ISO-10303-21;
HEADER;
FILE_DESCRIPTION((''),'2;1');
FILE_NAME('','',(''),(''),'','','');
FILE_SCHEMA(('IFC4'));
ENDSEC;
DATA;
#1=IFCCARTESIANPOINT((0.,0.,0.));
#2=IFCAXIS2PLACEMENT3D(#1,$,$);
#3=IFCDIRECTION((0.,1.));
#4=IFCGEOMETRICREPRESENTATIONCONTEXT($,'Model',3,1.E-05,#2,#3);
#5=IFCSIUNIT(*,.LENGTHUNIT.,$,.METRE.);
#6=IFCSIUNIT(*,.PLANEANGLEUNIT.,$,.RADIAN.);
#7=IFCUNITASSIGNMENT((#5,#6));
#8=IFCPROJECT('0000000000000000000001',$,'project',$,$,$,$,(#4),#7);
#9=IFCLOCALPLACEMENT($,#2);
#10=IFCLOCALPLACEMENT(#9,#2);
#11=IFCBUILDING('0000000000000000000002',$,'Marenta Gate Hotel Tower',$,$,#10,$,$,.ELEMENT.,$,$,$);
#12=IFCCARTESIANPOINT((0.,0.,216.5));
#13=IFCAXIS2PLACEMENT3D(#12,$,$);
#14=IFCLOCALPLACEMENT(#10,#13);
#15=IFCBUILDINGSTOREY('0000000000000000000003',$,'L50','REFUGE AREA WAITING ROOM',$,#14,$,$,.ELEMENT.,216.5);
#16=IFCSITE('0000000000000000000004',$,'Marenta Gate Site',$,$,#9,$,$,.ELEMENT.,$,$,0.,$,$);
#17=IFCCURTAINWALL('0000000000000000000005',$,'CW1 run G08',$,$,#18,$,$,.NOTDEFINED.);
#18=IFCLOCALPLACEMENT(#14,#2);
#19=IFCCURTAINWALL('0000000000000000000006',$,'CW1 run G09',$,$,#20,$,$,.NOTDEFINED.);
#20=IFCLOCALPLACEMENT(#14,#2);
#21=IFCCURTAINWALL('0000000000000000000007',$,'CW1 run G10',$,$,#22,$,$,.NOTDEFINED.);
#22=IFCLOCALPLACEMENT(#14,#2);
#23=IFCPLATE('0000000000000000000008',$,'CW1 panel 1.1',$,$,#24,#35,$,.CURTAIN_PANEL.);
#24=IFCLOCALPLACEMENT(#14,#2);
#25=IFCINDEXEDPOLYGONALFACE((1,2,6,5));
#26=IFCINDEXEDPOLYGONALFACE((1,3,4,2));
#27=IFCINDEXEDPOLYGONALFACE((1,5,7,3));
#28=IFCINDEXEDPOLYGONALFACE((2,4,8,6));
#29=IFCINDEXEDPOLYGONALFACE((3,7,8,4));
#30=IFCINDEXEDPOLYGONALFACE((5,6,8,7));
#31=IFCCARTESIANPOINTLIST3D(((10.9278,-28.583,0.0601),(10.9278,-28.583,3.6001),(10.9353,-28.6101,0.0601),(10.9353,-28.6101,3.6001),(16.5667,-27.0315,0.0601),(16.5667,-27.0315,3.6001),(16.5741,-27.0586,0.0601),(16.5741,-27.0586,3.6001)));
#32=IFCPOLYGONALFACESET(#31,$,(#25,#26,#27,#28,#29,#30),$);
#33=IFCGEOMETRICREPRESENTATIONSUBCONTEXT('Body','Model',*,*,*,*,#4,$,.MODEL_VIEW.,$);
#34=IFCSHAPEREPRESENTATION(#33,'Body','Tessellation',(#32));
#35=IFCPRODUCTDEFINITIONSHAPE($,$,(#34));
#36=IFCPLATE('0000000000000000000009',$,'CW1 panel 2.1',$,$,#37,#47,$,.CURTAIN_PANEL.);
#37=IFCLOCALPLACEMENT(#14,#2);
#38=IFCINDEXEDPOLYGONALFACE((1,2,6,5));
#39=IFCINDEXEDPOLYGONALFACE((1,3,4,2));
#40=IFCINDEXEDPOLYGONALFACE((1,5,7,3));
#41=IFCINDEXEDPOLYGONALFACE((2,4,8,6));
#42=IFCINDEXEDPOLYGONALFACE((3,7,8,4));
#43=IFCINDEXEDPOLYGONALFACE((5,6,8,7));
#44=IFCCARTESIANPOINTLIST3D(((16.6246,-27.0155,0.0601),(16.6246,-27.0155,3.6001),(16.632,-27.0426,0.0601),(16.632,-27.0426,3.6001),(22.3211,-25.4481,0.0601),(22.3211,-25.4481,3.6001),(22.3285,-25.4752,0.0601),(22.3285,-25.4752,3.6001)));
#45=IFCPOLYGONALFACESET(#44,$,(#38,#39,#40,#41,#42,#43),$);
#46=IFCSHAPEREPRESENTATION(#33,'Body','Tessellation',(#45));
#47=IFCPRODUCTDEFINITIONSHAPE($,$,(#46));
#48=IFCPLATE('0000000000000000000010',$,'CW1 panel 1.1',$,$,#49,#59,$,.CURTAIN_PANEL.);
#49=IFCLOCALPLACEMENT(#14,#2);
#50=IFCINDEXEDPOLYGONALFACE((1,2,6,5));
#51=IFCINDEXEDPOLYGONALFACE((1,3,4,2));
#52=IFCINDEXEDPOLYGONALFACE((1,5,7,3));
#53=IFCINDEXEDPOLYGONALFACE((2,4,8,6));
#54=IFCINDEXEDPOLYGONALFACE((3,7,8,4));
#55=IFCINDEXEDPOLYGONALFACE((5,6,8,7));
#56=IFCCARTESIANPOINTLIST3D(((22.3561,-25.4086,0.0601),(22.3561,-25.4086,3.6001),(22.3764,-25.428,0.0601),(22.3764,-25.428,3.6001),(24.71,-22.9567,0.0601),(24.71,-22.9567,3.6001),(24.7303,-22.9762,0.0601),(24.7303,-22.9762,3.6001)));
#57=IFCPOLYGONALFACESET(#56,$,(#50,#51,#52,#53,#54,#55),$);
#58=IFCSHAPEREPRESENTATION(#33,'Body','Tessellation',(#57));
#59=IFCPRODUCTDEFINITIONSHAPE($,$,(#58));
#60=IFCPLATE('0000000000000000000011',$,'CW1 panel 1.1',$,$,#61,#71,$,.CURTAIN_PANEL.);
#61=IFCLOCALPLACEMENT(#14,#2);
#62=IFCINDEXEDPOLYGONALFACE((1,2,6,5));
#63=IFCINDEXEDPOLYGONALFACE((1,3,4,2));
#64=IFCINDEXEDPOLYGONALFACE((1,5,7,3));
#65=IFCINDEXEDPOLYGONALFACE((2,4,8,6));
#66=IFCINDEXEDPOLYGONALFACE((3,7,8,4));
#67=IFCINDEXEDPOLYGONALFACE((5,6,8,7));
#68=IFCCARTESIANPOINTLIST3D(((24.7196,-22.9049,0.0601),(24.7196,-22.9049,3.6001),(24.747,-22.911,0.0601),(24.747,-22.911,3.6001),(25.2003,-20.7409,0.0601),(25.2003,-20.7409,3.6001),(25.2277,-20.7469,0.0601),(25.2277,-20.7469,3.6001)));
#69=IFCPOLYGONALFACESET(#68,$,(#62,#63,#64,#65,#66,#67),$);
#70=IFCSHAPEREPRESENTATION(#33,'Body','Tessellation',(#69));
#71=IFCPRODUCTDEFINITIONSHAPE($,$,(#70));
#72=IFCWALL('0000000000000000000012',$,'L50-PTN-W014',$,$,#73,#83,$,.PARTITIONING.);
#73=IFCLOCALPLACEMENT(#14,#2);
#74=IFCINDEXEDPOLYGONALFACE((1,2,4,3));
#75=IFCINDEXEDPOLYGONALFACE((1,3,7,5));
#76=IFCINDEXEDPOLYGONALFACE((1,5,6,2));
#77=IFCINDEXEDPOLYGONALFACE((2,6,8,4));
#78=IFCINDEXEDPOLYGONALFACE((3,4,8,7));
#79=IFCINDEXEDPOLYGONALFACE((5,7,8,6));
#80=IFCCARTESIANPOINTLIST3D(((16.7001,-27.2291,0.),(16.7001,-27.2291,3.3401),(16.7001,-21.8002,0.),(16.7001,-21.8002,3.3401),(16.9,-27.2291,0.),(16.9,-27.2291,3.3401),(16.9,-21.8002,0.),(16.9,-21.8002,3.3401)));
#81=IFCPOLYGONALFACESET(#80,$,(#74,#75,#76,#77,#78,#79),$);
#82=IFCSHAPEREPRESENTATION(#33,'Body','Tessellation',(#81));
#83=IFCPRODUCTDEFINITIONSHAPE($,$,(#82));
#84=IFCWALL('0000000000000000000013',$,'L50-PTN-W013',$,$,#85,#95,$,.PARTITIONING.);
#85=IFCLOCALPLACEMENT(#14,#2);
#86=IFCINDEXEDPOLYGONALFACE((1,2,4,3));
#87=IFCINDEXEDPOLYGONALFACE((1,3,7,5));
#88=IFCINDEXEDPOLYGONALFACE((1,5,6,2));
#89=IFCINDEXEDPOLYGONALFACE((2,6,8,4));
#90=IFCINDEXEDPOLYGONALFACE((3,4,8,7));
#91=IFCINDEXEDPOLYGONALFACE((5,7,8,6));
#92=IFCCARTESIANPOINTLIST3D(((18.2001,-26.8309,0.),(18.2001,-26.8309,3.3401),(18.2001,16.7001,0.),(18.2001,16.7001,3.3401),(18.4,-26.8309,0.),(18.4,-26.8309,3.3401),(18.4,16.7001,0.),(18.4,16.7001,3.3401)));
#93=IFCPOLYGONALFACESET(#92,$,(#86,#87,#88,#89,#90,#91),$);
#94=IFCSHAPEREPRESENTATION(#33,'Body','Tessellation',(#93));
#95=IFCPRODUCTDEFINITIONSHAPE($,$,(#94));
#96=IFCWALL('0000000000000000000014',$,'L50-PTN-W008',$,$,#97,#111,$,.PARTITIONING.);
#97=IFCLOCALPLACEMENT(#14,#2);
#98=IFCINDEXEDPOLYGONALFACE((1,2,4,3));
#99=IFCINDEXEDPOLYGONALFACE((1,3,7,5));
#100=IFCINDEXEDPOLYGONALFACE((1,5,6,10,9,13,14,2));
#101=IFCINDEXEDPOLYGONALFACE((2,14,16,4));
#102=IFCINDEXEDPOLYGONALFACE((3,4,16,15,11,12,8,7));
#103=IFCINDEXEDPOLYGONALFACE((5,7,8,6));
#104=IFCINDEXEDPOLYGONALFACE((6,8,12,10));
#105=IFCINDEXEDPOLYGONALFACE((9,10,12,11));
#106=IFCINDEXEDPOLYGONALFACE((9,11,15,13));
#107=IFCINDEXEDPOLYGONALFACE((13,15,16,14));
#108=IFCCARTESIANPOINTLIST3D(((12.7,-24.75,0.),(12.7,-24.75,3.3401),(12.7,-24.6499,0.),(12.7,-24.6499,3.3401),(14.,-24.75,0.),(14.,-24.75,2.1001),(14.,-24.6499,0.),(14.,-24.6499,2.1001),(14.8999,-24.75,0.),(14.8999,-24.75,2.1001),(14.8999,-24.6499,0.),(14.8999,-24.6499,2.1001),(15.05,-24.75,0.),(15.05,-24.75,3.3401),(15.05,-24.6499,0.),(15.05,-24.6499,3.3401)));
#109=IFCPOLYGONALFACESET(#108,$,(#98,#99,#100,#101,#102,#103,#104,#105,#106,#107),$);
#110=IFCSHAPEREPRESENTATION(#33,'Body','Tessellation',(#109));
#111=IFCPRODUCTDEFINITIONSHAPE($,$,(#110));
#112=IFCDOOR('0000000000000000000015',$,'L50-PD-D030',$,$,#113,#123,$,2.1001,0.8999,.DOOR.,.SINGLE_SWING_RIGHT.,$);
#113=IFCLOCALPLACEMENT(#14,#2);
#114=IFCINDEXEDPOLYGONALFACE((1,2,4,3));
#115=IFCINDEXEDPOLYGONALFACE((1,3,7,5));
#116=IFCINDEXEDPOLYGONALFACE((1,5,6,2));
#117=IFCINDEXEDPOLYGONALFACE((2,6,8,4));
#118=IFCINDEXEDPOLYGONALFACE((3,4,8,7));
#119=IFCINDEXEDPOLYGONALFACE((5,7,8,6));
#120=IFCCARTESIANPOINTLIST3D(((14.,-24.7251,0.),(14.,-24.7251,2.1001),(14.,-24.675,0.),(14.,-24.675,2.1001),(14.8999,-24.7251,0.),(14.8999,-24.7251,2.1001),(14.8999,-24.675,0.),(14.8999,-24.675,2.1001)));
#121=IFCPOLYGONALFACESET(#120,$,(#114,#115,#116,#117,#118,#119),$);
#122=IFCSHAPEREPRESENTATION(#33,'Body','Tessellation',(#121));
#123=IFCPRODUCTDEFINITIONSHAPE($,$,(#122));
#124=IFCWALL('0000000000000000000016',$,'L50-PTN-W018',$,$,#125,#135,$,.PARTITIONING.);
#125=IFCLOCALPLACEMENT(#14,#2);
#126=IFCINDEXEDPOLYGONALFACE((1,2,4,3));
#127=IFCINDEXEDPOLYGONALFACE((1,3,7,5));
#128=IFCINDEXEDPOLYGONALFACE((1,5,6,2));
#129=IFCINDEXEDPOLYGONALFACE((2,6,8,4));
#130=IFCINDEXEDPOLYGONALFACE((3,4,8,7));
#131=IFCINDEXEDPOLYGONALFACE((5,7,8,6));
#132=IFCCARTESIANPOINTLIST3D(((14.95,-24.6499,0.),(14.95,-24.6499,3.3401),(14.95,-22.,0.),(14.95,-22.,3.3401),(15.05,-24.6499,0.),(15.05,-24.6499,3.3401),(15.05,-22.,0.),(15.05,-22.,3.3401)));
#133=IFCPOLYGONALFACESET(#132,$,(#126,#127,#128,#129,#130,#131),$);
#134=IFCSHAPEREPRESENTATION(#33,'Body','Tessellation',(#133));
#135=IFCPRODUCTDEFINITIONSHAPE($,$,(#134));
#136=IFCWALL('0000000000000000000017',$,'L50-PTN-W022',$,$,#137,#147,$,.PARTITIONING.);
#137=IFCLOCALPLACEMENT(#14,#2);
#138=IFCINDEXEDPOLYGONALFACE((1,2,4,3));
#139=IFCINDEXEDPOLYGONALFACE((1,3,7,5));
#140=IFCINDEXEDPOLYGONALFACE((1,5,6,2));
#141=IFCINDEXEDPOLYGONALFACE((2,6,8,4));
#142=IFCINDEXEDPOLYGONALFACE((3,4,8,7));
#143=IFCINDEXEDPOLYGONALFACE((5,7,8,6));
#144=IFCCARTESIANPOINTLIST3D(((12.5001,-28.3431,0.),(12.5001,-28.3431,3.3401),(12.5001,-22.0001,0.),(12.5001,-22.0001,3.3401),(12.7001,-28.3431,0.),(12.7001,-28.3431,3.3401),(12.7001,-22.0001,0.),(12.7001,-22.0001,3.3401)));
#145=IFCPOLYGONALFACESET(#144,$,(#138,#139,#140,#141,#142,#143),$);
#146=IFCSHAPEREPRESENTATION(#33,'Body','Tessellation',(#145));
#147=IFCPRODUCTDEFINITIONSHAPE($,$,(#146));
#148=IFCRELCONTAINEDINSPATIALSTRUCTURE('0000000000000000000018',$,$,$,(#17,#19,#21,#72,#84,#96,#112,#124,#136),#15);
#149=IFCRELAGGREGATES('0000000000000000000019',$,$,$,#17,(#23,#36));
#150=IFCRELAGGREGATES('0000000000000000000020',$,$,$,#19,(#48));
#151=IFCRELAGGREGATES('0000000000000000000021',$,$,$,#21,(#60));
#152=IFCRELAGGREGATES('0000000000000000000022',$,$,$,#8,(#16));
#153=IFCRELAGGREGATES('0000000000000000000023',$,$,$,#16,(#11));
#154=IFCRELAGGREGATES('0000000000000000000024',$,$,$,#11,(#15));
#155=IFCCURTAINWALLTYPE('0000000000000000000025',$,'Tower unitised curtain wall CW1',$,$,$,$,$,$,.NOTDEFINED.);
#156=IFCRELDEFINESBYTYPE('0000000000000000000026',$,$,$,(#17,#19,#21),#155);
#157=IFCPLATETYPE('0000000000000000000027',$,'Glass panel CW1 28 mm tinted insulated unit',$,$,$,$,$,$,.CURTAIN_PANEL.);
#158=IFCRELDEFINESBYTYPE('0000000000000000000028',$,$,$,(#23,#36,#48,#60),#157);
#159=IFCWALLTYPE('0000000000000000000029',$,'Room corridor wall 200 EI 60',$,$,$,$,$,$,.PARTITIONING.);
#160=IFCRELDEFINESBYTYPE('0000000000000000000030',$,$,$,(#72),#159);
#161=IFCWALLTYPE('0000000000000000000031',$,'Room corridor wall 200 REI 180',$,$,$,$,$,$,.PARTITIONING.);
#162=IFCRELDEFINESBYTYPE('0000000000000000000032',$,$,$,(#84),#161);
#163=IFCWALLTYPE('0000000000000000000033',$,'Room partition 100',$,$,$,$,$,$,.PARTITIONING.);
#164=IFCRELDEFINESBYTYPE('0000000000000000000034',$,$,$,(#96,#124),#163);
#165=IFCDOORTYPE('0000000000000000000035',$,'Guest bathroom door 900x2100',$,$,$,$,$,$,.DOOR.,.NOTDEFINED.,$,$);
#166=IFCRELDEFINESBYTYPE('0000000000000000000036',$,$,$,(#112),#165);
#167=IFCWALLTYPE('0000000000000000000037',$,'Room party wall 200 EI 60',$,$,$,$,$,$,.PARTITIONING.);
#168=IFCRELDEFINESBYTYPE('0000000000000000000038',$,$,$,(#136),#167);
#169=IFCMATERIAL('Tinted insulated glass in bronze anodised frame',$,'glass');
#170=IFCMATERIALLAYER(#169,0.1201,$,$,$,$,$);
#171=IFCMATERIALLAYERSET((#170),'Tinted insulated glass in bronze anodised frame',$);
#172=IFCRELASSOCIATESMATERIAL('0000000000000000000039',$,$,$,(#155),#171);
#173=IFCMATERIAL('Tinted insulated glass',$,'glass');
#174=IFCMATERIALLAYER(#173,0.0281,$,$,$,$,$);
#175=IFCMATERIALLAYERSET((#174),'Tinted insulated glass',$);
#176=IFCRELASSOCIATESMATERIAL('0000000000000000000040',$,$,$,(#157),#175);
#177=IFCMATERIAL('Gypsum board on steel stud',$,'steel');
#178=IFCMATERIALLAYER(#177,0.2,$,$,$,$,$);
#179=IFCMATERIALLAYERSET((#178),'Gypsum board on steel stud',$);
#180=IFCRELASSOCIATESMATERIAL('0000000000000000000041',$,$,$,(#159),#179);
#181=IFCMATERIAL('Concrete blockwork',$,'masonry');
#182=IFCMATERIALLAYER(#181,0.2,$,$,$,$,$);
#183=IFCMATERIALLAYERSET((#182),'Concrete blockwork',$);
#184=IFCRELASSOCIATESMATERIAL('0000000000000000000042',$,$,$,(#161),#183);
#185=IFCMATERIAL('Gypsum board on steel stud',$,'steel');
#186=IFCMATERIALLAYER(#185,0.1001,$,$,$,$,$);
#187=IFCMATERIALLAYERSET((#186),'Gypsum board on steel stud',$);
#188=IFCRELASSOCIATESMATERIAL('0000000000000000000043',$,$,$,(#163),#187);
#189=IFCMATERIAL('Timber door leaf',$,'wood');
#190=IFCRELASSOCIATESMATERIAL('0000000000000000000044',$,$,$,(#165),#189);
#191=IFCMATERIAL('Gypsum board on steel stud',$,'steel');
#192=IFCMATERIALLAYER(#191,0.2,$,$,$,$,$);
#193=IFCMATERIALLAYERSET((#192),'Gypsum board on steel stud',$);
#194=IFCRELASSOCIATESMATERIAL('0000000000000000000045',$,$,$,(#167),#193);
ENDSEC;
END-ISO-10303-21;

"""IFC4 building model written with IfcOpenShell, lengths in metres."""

from ifc_helpers import new_model, si_unit, direction, frame, frame_2d, origin, origin_2d, place, context, subcontext, project, spatial, rectangle, extrude, material, layer, layer_set, type_object, element, fill, aggregate, save


model = new_model("IFC4")

# Units and contexts
model_context = context("Model", 3, precision=1e-05, world=origin(), true_north=direction((0.0, 1.0)))
body_context = subcontext(model_context, "Body", "Model", "MODEL_VIEW")
ifc_project = project(units=[si_unit("LENGTHUNIT", "METRE"), si_unit("PLANEANGLEUNIT", "RADIAN")], contexts=[model_context])

# Site, building, storey
site_placement = place(None, origin())
site = spatial("IfcSite", under=ifc_project, at=site_placement, Name="Marenta Gate Site", CompositionType="ELEMENT", RefElevation=0.0)
building_placement = place(site_placement, origin())
building = spatial("IfcBuilding", under=site, at=building_placement, Name="Marenta Gate Hotel Tower", CompositionType="ELEMENT")
storey_placement = place(building_placement, frame((0.0, 0.0, 216.5)))
storey = spatial("IfcBuildingStorey", under=building, at=storey_placement, Name="L50", Description="REFUGE AREA WAITING ROOM", CompositionType="ELEMENT", Elevation=216.5)

# Curtain walls
ifc_material_1 = material(Name="Tinted insulated glass in bronze anodised frame", Category="glass")
ifc_layer_1 = layer(ifc_material_1, 0.1201)
ifc_layer_set_1 = layer_set([ifc_layer_1], Name="Tinted insulated glass in bronze anodised frame")
curtain_wall_type = type_object("IfcCurtainWallType", Name="Tower unitised curtain wall CW1", PredefinedType="NOTDEFINED", material=ifc_layer_set_1)
curtain_wall_1_placement = place(storey_placement, origin())
curtain_wall_1 = element("IfcCurtainWall", 1, at=curtain_wall_1_placement, inside=storey, type_object=curtain_wall_type, Name="CW1 run G08", PredefinedType="NOTDEFINED")
curtain_wall_2_placement = place(storey_placement, origin())
curtain_wall_2 = element("IfcCurtainWall", 2, at=curtain_wall_2_placement, inside=storey, type_object=curtain_wall_type, Name="CW1 run G09", PredefinedType="NOTDEFINED")
curtain_wall_3_placement = place(storey_placement, origin())
curtain_wall_3 = element("IfcCurtainWall", 3, at=curtain_wall_3_placement, inside=storey, type_object=curtain_wall_type, Name="CW1 run G10", PredefinedType="NOTDEFINED")

# Plates
ifc_material_2 = material(Name="Tinted insulated glass", Category="glass")
ifc_layer_2 = layer(ifc_material_2, 0.0281)
ifc_layer_set_2 = layer_set([ifc_layer_2], Name="Tinted insulated glass")
plate_type = type_object("IfcPlateType", Name="Glass panel CW1 28 mm tinted insulated unit", PredefinedType="CURTAIN_PANEL", material=ifc_layer_set_2)
plate_1_placement = place(storey_placement, frame((13.751, -27.8208, 0.0601), z_axis=(0.0, 0.0, 1.0), x_axis=(0.964168, 0.265293, 0.0)))
plate_1 = element("IfcPlate", 4, at=plate_1_placement, type_object=plate_type, Name="CW1 panel 1.1", PredefinedType="CURTAIN_PANEL", context=body_context, shape_type="SweptSolid", body=[
    extrude(rectangle(XDim=5.8484, YDim=0.0281, at=origin_2d()), origin(), (0.0, 0.0, 1.0), 3.54),
])
plate_2_placement = place(storey_placement, frame((19.4766, -26.2454, 0.0601), z_axis=(0.0, 0.0, 1.0), x_axis=(0.964168, 0.265293, 0.0)))
plate_2 = element("IfcPlate", 5, at=plate_2_placement, type_object=plate_type, Name="CW1 panel 2.1", PredefinedType="CURTAIN_PANEL", context=body_context, shape_type="SweptSolid", body=[
    extrude(rectangle(XDim=5.9082, YDim=0.0281, at=origin_2d()), origin(), (0.0, 0.0, 1.0), 3.54),
])
aggregate(curtain_wall_1, [plate_1, plate_2])
plate_3_placement = place(storey_placement, frame((23.5432, -24.1924, 0.0601), z_axis=(0.0, 0.0, 1.0), x_axis=(0.692548, 0.721372, 0.0)))
plate_3 = element("IfcPlate", 6, at=plate_3_placement, type_object=plate_type, Name="CW1 panel 1.1", PredefinedType="CURTAIN_PANEL", context=body_context, shape_type="SweptSolid", body=[
    extrude(rectangle(XDim=3.3989, YDim=0.0281, at=origin_2d()), origin(), (0.0, 0.0, 1.0), 3.54),
])
aggregate(curtain_wall_2, [plate_3])
plate_4_placement = place(storey_placement, frame((24.9736, -21.8259, 0.0601), z_axis=(0.0, 0.0, 1.0), x_axis=(0.216842, 0.976207, 0.0)))
plate_4 = element("IfcPlate", 7, at=plate_4_placement, type_object=plate_type, Name="CW1 panel 1.1", PredefinedType="CURTAIN_PANEL", context=body_context, shape_type="SweptSolid", body=[
    extrude(rectangle(XDim=2.2168, YDim=0.0281, at=origin_2d()), origin(), (0.0, 0.0, 1.0), 3.54),
])
aggregate(curtain_wall_3, [plate_4])

# Walls
ifc_material_3 = material(Name="Gypsum board on steel stud", Category="steel")
ifc_layer_3 = layer(ifc_material_3, 0.2)
ifc_layer_set_3 = layer_set([ifc_layer_3], Name="Gypsum board on steel stud")
wall_type_1 = type_object("IfcWallType", Name="Room corridor wall 200 EI 60", PredefinedType="PARTITIONING", material=ifc_layer_set_3)
wall_1_placement = place(storey_placement, frame((16.8, -27.229, 0.0), z_axis=(0.0, 0.0, 1.0), x_axis=(0.0, 1.0, 0.0)))
element("IfcWall", 8, at=wall_1_placement, inside=storey, type_object=wall_type_1, Name="L50-PTN-W014", PredefinedType="PARTITIONING", context=body_context, shape_type="SweptSolid", body=[
    extrude(rectangle(XDim=5.429, YDim=0.2, at=frame_2d((2.7144, 0.0))), origin(), (0.0, 0.0, 1.0), 3.3401),
])
ifc_material_4 = material(Name="Concrete blockwork", Category="masonry")
ifc_layer_4 = layer(ifc_material_4, 0.2)
ifc_layer_set_4 = layer_set([ifc_layer_4], Name="Concrete blockwork")
wall_type_2 = type_object("IfcWallType", Name="Room corridor wall 200 REI 180", PredefinedType="PARTITIONING", material=ifc_layer_set_4)
wall_2_placement = place(storey_placement, frame((18.3, -26.8311, 0.0), z_axis=(0.0, 0.0, 1.0), x_axis=(0.0, 1.0, 0.0)))
element("IfcWall", 9, at=wall_2_placement, inside=storey, type_object=wall_type_2, Name="L50-PTN-W013", PredefinedType="PARTITIONING", context=body_context, shape_type="SweptSolid", body=[
    extrude(rectangle(XDim=43.531, YDim=0.2, at=frame_2d((21.7656, 0.0))), origin(), (0.0, 0.0, 1.0), 3.3401),
])

# Wall, opening, door
ifc_material_5 = material(Name="Gypsum board on steel stud", Category="steel")
ifc_layer_5 = layer(ifc_material_5, 0.1001)
ifc_layer_set_5 = layer_set([ifc_layer_5], Name="Gypsum board on steel stud")
wall_type_3 = type_object("IfcWallType", Name="Room partition 100", PredefinedType="PARTITIONING", material=ifc_layer_set_5)
wall_3_placement = place(storey_placement, frame((12.7, -24.7, 0.0), z_axis=(0.0, 0.0, 1.0), x_axis=(1.0, 0.0, 0.0)))
wall_3 = element("IfcWall", 10, at=wall_3_placement, inside=storey, type_object=wall_type_3, Name="L50-PTN-W008", PredefinedType="PARTITIONING", context=body_context, shape_type="SweptSolid", body=[
    extrude(rectangle(XDim=2.3501, YDim=0.1001, at=frame_2d((1.175, 0.0))), origin(), (0.0, 0.0, 1.0), 3.3401),
])
opening_placement = place(wall_3_placement, frame((1.3, 0.0, 0.0)))
opening = element("IfcOpeningElement", 11, at=opening_placement, cuts=wall_3, PredefinedType="OPENING", context=body_context, shape_type="SweptSolid", body=[
    extrude(rectangle(XDim=0.8999, YDim=2.1001, at=frame_2d((0.45, 1.05))), frame((0.0, 0.05, 0.0), z_axis=(0.0, -1.0, 0.0), x_axis=(1.0, 0.0, 0.0)), (0.0, 0.0, 1.0), 0.1001),
])
ifc_material_6 = material(Name="Timber door leaf", Category="wood")
door_type = type_object("IfcDoorType", Name="Guest bathroom door 900x2100", OperationType="NOTDEFINED", PredefinedType="DOOR", material=ifc_material_6)
door_placement = place(opening_placement, origin())
door = element("IfcDoor", 12, at=door_placement, inside=storey, type_object=door_type, Name="L50-PD-D030", OperationType="SINGLE_SWING_RIGHT", OverallHeight=2.1001, OverallWidth=0.8999, PredefinedType="DOOR", context=body_context, shape_type="SweptSolid", body=[
    extrude(rectangle(XDim=0.8999, YDim=2.1001, at=frame_2d((0.45, 1.05))), frame((0.0, 0.0249, 0.0), z_axis=(0.0, -1.0, 0.0), x_axis=(1.0, 0.0, 0.0)), (0.0, 0.0, 1.0), 0.05),
])
fill(opening, door)

# Walls
wall_4_placement = place(storey_placement, frame((15.0, -24.6499, 0.0), z_axis=(0.0, 0.0, 1.0), x_axis=(0.0, 1.0, 0.0)))
element("IfcWall", 13, at=wall_4_placement, inside=storey, type_object=wall_type_3, Name="L50-PTN-W018", PredefinedType="PARTITIONING", context=body_context, shape_type="SweptSolid", body=[
    extrude(rectangle(XDim=2.6499, YDim=0.1001, at=frame_2d((1.325, 0.0))), origin(), (0.0, 0.0, 1.0), 3.3401),
])
ifc_material_7 = material(Name="Gypsum board on steel stud", Category="steel")
ifc_layer_6 = layer(ifc_material_7, 0.2)
ifc_layer_set_6 = layer_set([ifc_layer_6], Name="Gypsum board on steel stud")
wall_type_4 = type_object("IfcWallType", Name="Room party wall 200 EI 60", PredefinedType="PARTITIONING", material=ifc_layer_set_6)
wall_5_placement = place(storey_placement, frame((12.6001, -28.343, 0.0), z_axis=(0.0, 0.0, 1.0), x_axis=(0.0, 1.0, 0.0)))
element("IfcWall", 14, at=wall_5_placement, inside=storey, type_object=wall_type_4, Name="L50-PTN-W022", PredefinedType="PARTITIONING", context=body_context, shape_type="SweptSolid", body=[
    extrude(rectangle(XDim=6.343, YDim=0.2, at=frame_2d((3.1714, 0.0))), origin(), (0.0, 0.0, 1.0), 3.3401),
])

save(model, "model.ifc")
